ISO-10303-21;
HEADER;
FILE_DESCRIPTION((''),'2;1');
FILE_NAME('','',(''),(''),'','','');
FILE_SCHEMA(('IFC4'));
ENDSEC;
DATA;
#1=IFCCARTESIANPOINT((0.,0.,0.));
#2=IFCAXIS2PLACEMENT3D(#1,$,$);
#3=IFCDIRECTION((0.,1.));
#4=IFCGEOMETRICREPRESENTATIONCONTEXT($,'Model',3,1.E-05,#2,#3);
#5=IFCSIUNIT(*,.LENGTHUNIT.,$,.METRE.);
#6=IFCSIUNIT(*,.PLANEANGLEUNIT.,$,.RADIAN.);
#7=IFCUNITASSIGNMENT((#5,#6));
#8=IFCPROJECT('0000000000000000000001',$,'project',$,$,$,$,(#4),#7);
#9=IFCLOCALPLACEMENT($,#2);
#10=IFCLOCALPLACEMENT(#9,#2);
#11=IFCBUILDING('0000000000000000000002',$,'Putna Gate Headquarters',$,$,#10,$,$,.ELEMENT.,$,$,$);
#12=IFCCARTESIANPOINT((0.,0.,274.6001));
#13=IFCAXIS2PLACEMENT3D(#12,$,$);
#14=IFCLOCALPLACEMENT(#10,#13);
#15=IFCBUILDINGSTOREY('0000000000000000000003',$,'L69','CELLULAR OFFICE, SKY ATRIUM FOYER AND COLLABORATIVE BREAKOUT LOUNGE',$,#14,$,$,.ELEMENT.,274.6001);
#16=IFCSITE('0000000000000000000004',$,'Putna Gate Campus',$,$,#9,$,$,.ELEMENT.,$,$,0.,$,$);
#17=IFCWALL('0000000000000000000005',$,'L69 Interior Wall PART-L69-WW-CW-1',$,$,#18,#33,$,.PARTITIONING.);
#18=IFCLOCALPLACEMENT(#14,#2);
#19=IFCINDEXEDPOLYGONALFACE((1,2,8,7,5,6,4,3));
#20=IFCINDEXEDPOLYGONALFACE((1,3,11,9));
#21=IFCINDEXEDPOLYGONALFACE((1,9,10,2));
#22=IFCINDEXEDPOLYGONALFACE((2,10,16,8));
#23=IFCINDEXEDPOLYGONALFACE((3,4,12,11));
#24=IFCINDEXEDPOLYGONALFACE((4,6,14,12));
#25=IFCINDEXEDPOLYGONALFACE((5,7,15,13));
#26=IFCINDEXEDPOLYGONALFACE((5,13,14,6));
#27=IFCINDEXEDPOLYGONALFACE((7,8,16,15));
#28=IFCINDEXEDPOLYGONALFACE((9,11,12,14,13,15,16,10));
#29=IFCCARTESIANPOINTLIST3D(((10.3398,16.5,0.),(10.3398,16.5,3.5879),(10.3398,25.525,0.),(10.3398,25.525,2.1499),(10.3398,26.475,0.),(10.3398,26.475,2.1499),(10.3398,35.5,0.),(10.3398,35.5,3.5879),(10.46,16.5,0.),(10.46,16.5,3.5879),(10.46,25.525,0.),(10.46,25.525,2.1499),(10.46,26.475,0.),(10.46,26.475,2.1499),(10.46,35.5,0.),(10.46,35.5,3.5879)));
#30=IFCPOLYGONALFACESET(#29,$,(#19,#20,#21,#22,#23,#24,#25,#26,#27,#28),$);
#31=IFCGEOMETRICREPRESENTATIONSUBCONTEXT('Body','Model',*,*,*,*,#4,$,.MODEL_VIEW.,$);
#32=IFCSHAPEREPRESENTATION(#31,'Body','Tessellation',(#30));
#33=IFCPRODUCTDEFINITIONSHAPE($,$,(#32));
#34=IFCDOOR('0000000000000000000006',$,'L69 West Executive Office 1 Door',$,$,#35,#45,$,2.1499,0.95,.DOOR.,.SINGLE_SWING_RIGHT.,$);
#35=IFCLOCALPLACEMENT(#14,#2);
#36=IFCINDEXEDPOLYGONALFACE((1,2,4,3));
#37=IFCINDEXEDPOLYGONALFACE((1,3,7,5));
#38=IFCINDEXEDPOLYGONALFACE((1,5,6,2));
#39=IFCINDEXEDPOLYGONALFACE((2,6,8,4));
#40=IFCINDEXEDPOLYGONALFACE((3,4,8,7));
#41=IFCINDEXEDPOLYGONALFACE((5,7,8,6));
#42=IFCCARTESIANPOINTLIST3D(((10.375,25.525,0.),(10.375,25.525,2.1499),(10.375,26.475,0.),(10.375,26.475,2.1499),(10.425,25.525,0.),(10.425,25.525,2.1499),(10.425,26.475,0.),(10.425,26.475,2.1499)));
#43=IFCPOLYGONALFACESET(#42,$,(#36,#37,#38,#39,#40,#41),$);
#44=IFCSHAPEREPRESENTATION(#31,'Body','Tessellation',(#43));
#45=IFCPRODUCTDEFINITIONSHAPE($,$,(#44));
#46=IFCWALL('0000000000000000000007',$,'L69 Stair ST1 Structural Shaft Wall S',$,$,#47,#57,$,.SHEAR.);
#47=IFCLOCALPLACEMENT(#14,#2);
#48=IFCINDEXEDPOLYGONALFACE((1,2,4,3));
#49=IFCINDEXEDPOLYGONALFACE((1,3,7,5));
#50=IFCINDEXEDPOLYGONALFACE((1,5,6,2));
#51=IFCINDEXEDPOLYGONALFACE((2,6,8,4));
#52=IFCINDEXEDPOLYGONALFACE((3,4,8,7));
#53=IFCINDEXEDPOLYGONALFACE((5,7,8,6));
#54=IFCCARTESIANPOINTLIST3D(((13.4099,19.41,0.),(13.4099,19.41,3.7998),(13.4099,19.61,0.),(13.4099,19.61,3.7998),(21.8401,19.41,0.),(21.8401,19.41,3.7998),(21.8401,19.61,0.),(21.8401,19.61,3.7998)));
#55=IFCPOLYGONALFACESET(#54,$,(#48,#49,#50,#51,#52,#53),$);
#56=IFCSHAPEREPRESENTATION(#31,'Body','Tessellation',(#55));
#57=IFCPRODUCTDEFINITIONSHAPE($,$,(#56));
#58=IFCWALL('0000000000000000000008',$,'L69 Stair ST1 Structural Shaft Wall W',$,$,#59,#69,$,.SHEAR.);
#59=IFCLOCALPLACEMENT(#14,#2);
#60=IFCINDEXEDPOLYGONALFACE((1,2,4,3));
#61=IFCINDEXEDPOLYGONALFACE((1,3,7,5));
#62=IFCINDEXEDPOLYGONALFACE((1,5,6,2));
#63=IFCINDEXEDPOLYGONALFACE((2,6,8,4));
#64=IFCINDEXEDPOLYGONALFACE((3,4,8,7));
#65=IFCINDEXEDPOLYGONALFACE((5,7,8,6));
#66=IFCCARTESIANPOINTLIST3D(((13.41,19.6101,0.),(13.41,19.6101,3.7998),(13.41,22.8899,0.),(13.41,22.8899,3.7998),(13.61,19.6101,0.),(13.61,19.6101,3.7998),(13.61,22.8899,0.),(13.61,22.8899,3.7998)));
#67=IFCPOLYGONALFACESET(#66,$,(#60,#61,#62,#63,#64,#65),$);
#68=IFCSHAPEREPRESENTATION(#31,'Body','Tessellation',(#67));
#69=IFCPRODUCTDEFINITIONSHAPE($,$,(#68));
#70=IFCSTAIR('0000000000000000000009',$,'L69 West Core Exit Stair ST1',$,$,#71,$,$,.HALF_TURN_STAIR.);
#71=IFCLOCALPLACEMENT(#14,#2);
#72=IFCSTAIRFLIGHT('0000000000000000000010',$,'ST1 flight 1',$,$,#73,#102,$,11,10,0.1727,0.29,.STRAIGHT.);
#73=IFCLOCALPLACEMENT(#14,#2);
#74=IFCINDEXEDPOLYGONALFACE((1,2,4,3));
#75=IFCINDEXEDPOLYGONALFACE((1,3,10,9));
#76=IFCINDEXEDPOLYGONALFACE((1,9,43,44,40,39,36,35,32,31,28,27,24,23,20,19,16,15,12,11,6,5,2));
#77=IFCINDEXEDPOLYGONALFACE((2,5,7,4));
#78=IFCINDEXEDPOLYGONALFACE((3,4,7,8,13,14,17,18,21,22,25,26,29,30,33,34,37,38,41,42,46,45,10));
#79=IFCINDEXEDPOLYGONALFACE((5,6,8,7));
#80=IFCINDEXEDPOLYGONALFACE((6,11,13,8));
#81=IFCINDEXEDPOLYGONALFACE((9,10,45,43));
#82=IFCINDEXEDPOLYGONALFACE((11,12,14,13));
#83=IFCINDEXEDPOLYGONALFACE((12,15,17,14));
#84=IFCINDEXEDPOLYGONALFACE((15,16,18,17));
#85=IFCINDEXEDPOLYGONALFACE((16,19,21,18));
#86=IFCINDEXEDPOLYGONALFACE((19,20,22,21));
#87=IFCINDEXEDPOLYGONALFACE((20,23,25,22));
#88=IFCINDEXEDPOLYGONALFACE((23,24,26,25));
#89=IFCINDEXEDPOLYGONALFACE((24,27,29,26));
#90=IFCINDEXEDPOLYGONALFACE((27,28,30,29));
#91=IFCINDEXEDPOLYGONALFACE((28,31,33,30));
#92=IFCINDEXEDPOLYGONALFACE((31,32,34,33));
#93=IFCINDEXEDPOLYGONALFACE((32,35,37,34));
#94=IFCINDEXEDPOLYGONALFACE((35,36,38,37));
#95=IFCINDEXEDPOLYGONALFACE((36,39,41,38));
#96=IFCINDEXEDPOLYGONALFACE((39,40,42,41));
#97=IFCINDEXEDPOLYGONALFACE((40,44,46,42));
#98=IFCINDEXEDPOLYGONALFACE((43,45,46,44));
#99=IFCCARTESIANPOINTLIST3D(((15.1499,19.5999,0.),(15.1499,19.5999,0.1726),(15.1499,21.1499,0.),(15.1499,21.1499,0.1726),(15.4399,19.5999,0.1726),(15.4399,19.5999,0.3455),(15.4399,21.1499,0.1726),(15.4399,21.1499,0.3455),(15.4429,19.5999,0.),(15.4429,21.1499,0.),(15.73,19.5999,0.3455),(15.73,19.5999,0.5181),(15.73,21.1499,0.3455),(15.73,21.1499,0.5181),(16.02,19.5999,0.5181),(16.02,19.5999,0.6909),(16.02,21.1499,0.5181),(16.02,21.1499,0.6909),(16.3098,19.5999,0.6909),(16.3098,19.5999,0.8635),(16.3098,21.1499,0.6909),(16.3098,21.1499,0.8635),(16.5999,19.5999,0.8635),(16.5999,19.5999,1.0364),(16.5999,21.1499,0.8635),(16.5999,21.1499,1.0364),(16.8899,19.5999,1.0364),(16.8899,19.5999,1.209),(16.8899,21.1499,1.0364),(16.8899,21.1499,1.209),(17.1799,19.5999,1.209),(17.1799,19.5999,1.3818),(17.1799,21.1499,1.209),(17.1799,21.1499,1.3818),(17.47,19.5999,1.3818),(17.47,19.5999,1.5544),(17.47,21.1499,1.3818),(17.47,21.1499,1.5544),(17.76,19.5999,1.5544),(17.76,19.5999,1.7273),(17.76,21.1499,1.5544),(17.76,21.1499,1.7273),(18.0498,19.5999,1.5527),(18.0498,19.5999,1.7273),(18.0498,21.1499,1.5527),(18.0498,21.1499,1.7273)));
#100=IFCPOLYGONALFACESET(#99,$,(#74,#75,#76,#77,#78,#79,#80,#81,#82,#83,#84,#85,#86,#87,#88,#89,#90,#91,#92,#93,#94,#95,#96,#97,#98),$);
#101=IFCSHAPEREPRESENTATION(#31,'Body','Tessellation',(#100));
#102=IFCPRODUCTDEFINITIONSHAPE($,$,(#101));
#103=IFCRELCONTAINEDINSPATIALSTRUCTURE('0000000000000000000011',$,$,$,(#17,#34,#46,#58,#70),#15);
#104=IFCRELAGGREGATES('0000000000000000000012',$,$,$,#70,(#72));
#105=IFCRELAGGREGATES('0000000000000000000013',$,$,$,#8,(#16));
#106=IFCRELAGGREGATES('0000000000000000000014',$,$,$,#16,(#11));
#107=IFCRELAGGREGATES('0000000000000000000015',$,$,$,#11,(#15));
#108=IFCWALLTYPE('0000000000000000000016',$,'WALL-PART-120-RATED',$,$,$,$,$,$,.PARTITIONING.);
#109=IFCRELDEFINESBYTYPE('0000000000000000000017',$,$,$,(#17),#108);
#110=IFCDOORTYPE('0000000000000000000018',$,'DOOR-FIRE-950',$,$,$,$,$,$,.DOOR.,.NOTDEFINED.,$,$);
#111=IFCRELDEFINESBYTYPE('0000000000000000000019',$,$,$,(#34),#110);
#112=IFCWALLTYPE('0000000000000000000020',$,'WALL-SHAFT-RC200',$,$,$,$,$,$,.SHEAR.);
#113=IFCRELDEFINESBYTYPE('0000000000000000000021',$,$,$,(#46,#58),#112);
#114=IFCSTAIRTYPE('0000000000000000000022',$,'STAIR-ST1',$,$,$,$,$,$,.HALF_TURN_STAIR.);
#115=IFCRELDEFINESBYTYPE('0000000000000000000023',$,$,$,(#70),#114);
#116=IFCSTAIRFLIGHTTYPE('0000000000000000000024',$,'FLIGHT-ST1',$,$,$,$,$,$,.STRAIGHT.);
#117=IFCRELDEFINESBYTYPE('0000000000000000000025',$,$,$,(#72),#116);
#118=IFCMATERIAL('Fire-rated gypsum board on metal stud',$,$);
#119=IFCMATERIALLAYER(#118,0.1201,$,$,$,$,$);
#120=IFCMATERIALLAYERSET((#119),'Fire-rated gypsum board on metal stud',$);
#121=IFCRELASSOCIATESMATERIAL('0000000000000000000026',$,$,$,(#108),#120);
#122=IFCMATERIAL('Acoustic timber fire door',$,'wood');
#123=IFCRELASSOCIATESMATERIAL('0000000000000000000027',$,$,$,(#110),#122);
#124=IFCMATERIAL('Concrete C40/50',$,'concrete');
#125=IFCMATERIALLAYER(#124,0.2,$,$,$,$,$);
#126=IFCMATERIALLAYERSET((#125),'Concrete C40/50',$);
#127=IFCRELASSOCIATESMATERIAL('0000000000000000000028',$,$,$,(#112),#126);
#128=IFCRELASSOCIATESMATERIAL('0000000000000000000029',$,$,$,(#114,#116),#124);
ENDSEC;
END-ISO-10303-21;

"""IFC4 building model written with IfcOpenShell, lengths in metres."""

from ifc_helpers import new_model, si_unit, direction, frame, frame_2d, origin, place, context, subcontext, project, spatial, polyline, rectangle, outline, extrude, material, layer, layer_set, type_object, element, fill, aggregate, save


model = new_model("IFC4")

# Units and contexts
model_context = context("Model", 3, precision=1e-05, world=origin(), true_north=direction((0.0, 1.0)))
body_context = subcontext(model_context, "Body", "Model", "MODEL_VIEW")
ifc_project = project(units=[si_unit("LENGTHUNIT", "METRE"), si_unit("PLANEANGLEUNIT", "RADIAN")], contexts=[model_context])

# Site, building, storey
site_placement = place(None, origin())
site = spatial("IfcSite", under=ifc_project, at=site_placement, Name="Putna Gate Campus", CompositionType="ELEMENT", RefElevation=0.0)
building_placement = place(site_placement, origin())
building = spatial("IfcBuilding", under=site, at=building_placement, Name="Putna Gate Headquarters", CompositionType="ELEMENT")
storey_placement = place(building_placement, frame((0.0, 0.0, 274.6001)))
storey = spatial("IfcBuildingStorey", under=building, at=storey_placement, Name="L69", Description="CELLULAR OFFICE, SKY ATRIUM FOYER AND COLLABORATIVE BREAKOUT LOUNGE", CompositionType="ELEMENT", Elevation=274.6001)

# Shared definitions
ifc_material_1 = material(Name="Fire-rated gypsum board on metal stud")
ifc_layer_1 = layer(ifc_material_1, 0.1201)
ifc_layer_set_1 = layer_set([ifc_layer_1], Name="Fire-rated gypsum board on metal stud")
wall_type_1 = type_object("IfcWallType", Name="WALL-PART-120-RATED", PredefinedType="PARTITIONING", material=ifc_layer_set_1)
ifc_material_2 = material(Name="Acoustic timber fire door", Category="wood")
door_type_1 = type_object("IfcDoorType", Name="DOOR-FIRE-950", OperationType="NOTDEFINED", PredefinedType="DOOR", material=ifc_material_2)

# Wall, opening, door
wall_1_placement = place(storey_placement, frame((10.3999, 16.5, 0.0), z_axis=(0.0, 0.0, 1.0), x_axis=(0.0, 1.0, 0.0)))
wall_1 = element("IfcWall", 1, at=wall_1_placement, inside=storey, type_object=wall_type_1, Name="L69 Interior Wall PART-L69-WW-CW-1", PredefinedType="PARTITIONING", context=body_context, shape_type="SweptSolid", body=[
    extrude(rectangle(XDim=19.0, YDim=0.1201, at=frame_2d((9.5, 0.0))), origin(), (0.0, 0.0, 1.0), 3.5879),
])
opening_1_placement = place(wall_1_placement, frame((9.0249, 0.0, 0.0)))
opening_1 = element("IfcOpeningElement", 2, at=opening_1_placement, cuts=wall_1, PredefinedType="OPENING", context=body_context, shape_type="SweptSolid", body=[
    extrude(rectangle(XDim=0.95, YDim=2.1499, at=frame_2d((0.4751, 1.075))), frame((0.0, 0.0701, 0.0), z_axis=(0.0, -1.0, 0.0), x_axis=(1.0, 0.0, 0.0)), (0.0, 0.0, 1.0), 0.1401),
])
door_1_placement = place(opening_1_placement, origin())
door_1 = element("IfcDoor", 3, at=door_1_placement, inside=storey, type_object=door_type_1, Name="L69 West Executive Office 1 Door", OperationType="SINGLE_SWING_RIGHT", OverallHeight=2.1499, OverallWidth=0.95, PredefinedType="DOOR", context=body_context, shape_type="SweptSolid", body=[
    extrude(rectangle(XDim=0.95, YDim=2.1499, at=frame_2d((0.4751, 1.075))), frame((0.0, 0.0249, 0.0), z_axis=(0.0, -1.0, 0.0), x_axis=(1.0, 0.0, 0.0)), (0.0, 0.0, 1.0), 0.05),
])
fill(opening_1, door_1)

# Walls
ifc_material_3 = material(Name="Concrete C40/50", Category="concrete")
ifc_layer_2 = layer(ifc_material_3, 0.2)
ifc_layer_set_2 = layer_set([ifc_layer_2], Name="Concrete C40/50")
wall_type_2 = type_object("IfcWallType", Name="WALL-SHAFT-RC200", PredefinedType="SHEAR", material=ifc_layer_set_2)
wall_2_placement = place(storey_placement, frame((13.4099, 19.51, 0.0), z_axis=(0.0, 0.0, 1.0), x_axis=(1.0, 0.0, 0.0)))
element("IfcWall", 4, at=wall_2_placement, inside=storey, type_object=wall_type_2, Name="L69 Stair ST1 Structural Shaft Wall S", PredefinedType="SHEAR", context=body_context, shape_type="SweptSolid", body=[
    extrude(rectangle(XDim=8.4302, YDim=0.2, at=frame_2d((4.2151, 0.0))), origin(), (0.0, 0.0, 1.0), 3.7998),
])
wall_3_placement = place(storey_placement, frame((13.51, 19.6101, 0.0), z_axis=(0.0, 0.0, 1.0), x_axis=(0.0, 1.0, 0.0)))
element("IfcWall", 5, at=wall_3_placement, inside=storey, type_object=wall_type_2, Name="L69 Stair ST1 Structural Shaft Wall W", PredefinedType="SHEAR", context=body_context, shape_type="SweptSolid", body=[
    extrude(rectangle(XDim=3.2798, YDim=0.2, at=frame_2d((1.6399, 0.0))), origin(), (0.0, 0.0, 1.0), 3.7998),
])

# Stair, stair flight
stair_type = type_object("IfcStairType", Name="STAIR-ST1", PredefinedType="HALF_TURN_STAIR", material=ifc_material_3)
stair_placement = place(storey_placement, origin())
stair = element("IfcStair", 6, at=stair_placement, inside=storey, type_object=stair_type, Name="L69 West Core Exit Stair ST1", PredefinedType="HALF_TURN_STAIR")
stair_flight_type = type_object("IfcStairFlightType", Name="FLIGHT-ST1", PredefinedType="STRAIGHT", material=ifc_material_3)
stair_flight_placement = place(storey_placement, frame((15.1499, 20.375, 0.0), z_axis=(0.0, 0.0, 1.0), x_axis=(1.0, 0.0, 0.0)))
stair_flight = element("IfcStairFlight", 7, at=stair_flight_placement, type_object=stair_flight_type, Name="ST1 flight 1", NumberOfRisers=11, NumberOfTreads=10, PredefinedType="STRAIGHT", RiserHeight=0.1727, TreadLength=0.29, context=body_context, shape_type="SweptSolid", body=[
    extrude(outline(polyline([(0.0, 0.0), (0.0, 0.1726), (0.29, 0.1726), (0.29, 0.3455), (0.5801, 0.3455), (0.5801, 0.5181), (0.8701, 0.5181), (0.8701, 0.6909), (1.1599, 0.6909), (1.1599, 0.8635), (1.45, 0.8635), (1.45, 1.0364), (1.74, 1.0364), (1.74, 1.209), (2.03, 1.209), (2.03, 1.3818), (2.3201, 1.3818), (2.3201, 1.5544), (2.6101, 1.5544), (2.6101, 1.7273), (2.8999, 1.7273), (2.8999, 1.8999), (2.8999, 1.5527), (0.293, 0.0), (0.0, 0.0)])), frame((0.0, 0.7749, 0.0), z_axis=(0.0, -1.0, 0.0), x_axis=(1.0, 0.0, 0.0)), (0.0, 0.0, 1.0), 1.55),
])
aggregate(stair, [stair_flight])

save(model, "model.ifc")
